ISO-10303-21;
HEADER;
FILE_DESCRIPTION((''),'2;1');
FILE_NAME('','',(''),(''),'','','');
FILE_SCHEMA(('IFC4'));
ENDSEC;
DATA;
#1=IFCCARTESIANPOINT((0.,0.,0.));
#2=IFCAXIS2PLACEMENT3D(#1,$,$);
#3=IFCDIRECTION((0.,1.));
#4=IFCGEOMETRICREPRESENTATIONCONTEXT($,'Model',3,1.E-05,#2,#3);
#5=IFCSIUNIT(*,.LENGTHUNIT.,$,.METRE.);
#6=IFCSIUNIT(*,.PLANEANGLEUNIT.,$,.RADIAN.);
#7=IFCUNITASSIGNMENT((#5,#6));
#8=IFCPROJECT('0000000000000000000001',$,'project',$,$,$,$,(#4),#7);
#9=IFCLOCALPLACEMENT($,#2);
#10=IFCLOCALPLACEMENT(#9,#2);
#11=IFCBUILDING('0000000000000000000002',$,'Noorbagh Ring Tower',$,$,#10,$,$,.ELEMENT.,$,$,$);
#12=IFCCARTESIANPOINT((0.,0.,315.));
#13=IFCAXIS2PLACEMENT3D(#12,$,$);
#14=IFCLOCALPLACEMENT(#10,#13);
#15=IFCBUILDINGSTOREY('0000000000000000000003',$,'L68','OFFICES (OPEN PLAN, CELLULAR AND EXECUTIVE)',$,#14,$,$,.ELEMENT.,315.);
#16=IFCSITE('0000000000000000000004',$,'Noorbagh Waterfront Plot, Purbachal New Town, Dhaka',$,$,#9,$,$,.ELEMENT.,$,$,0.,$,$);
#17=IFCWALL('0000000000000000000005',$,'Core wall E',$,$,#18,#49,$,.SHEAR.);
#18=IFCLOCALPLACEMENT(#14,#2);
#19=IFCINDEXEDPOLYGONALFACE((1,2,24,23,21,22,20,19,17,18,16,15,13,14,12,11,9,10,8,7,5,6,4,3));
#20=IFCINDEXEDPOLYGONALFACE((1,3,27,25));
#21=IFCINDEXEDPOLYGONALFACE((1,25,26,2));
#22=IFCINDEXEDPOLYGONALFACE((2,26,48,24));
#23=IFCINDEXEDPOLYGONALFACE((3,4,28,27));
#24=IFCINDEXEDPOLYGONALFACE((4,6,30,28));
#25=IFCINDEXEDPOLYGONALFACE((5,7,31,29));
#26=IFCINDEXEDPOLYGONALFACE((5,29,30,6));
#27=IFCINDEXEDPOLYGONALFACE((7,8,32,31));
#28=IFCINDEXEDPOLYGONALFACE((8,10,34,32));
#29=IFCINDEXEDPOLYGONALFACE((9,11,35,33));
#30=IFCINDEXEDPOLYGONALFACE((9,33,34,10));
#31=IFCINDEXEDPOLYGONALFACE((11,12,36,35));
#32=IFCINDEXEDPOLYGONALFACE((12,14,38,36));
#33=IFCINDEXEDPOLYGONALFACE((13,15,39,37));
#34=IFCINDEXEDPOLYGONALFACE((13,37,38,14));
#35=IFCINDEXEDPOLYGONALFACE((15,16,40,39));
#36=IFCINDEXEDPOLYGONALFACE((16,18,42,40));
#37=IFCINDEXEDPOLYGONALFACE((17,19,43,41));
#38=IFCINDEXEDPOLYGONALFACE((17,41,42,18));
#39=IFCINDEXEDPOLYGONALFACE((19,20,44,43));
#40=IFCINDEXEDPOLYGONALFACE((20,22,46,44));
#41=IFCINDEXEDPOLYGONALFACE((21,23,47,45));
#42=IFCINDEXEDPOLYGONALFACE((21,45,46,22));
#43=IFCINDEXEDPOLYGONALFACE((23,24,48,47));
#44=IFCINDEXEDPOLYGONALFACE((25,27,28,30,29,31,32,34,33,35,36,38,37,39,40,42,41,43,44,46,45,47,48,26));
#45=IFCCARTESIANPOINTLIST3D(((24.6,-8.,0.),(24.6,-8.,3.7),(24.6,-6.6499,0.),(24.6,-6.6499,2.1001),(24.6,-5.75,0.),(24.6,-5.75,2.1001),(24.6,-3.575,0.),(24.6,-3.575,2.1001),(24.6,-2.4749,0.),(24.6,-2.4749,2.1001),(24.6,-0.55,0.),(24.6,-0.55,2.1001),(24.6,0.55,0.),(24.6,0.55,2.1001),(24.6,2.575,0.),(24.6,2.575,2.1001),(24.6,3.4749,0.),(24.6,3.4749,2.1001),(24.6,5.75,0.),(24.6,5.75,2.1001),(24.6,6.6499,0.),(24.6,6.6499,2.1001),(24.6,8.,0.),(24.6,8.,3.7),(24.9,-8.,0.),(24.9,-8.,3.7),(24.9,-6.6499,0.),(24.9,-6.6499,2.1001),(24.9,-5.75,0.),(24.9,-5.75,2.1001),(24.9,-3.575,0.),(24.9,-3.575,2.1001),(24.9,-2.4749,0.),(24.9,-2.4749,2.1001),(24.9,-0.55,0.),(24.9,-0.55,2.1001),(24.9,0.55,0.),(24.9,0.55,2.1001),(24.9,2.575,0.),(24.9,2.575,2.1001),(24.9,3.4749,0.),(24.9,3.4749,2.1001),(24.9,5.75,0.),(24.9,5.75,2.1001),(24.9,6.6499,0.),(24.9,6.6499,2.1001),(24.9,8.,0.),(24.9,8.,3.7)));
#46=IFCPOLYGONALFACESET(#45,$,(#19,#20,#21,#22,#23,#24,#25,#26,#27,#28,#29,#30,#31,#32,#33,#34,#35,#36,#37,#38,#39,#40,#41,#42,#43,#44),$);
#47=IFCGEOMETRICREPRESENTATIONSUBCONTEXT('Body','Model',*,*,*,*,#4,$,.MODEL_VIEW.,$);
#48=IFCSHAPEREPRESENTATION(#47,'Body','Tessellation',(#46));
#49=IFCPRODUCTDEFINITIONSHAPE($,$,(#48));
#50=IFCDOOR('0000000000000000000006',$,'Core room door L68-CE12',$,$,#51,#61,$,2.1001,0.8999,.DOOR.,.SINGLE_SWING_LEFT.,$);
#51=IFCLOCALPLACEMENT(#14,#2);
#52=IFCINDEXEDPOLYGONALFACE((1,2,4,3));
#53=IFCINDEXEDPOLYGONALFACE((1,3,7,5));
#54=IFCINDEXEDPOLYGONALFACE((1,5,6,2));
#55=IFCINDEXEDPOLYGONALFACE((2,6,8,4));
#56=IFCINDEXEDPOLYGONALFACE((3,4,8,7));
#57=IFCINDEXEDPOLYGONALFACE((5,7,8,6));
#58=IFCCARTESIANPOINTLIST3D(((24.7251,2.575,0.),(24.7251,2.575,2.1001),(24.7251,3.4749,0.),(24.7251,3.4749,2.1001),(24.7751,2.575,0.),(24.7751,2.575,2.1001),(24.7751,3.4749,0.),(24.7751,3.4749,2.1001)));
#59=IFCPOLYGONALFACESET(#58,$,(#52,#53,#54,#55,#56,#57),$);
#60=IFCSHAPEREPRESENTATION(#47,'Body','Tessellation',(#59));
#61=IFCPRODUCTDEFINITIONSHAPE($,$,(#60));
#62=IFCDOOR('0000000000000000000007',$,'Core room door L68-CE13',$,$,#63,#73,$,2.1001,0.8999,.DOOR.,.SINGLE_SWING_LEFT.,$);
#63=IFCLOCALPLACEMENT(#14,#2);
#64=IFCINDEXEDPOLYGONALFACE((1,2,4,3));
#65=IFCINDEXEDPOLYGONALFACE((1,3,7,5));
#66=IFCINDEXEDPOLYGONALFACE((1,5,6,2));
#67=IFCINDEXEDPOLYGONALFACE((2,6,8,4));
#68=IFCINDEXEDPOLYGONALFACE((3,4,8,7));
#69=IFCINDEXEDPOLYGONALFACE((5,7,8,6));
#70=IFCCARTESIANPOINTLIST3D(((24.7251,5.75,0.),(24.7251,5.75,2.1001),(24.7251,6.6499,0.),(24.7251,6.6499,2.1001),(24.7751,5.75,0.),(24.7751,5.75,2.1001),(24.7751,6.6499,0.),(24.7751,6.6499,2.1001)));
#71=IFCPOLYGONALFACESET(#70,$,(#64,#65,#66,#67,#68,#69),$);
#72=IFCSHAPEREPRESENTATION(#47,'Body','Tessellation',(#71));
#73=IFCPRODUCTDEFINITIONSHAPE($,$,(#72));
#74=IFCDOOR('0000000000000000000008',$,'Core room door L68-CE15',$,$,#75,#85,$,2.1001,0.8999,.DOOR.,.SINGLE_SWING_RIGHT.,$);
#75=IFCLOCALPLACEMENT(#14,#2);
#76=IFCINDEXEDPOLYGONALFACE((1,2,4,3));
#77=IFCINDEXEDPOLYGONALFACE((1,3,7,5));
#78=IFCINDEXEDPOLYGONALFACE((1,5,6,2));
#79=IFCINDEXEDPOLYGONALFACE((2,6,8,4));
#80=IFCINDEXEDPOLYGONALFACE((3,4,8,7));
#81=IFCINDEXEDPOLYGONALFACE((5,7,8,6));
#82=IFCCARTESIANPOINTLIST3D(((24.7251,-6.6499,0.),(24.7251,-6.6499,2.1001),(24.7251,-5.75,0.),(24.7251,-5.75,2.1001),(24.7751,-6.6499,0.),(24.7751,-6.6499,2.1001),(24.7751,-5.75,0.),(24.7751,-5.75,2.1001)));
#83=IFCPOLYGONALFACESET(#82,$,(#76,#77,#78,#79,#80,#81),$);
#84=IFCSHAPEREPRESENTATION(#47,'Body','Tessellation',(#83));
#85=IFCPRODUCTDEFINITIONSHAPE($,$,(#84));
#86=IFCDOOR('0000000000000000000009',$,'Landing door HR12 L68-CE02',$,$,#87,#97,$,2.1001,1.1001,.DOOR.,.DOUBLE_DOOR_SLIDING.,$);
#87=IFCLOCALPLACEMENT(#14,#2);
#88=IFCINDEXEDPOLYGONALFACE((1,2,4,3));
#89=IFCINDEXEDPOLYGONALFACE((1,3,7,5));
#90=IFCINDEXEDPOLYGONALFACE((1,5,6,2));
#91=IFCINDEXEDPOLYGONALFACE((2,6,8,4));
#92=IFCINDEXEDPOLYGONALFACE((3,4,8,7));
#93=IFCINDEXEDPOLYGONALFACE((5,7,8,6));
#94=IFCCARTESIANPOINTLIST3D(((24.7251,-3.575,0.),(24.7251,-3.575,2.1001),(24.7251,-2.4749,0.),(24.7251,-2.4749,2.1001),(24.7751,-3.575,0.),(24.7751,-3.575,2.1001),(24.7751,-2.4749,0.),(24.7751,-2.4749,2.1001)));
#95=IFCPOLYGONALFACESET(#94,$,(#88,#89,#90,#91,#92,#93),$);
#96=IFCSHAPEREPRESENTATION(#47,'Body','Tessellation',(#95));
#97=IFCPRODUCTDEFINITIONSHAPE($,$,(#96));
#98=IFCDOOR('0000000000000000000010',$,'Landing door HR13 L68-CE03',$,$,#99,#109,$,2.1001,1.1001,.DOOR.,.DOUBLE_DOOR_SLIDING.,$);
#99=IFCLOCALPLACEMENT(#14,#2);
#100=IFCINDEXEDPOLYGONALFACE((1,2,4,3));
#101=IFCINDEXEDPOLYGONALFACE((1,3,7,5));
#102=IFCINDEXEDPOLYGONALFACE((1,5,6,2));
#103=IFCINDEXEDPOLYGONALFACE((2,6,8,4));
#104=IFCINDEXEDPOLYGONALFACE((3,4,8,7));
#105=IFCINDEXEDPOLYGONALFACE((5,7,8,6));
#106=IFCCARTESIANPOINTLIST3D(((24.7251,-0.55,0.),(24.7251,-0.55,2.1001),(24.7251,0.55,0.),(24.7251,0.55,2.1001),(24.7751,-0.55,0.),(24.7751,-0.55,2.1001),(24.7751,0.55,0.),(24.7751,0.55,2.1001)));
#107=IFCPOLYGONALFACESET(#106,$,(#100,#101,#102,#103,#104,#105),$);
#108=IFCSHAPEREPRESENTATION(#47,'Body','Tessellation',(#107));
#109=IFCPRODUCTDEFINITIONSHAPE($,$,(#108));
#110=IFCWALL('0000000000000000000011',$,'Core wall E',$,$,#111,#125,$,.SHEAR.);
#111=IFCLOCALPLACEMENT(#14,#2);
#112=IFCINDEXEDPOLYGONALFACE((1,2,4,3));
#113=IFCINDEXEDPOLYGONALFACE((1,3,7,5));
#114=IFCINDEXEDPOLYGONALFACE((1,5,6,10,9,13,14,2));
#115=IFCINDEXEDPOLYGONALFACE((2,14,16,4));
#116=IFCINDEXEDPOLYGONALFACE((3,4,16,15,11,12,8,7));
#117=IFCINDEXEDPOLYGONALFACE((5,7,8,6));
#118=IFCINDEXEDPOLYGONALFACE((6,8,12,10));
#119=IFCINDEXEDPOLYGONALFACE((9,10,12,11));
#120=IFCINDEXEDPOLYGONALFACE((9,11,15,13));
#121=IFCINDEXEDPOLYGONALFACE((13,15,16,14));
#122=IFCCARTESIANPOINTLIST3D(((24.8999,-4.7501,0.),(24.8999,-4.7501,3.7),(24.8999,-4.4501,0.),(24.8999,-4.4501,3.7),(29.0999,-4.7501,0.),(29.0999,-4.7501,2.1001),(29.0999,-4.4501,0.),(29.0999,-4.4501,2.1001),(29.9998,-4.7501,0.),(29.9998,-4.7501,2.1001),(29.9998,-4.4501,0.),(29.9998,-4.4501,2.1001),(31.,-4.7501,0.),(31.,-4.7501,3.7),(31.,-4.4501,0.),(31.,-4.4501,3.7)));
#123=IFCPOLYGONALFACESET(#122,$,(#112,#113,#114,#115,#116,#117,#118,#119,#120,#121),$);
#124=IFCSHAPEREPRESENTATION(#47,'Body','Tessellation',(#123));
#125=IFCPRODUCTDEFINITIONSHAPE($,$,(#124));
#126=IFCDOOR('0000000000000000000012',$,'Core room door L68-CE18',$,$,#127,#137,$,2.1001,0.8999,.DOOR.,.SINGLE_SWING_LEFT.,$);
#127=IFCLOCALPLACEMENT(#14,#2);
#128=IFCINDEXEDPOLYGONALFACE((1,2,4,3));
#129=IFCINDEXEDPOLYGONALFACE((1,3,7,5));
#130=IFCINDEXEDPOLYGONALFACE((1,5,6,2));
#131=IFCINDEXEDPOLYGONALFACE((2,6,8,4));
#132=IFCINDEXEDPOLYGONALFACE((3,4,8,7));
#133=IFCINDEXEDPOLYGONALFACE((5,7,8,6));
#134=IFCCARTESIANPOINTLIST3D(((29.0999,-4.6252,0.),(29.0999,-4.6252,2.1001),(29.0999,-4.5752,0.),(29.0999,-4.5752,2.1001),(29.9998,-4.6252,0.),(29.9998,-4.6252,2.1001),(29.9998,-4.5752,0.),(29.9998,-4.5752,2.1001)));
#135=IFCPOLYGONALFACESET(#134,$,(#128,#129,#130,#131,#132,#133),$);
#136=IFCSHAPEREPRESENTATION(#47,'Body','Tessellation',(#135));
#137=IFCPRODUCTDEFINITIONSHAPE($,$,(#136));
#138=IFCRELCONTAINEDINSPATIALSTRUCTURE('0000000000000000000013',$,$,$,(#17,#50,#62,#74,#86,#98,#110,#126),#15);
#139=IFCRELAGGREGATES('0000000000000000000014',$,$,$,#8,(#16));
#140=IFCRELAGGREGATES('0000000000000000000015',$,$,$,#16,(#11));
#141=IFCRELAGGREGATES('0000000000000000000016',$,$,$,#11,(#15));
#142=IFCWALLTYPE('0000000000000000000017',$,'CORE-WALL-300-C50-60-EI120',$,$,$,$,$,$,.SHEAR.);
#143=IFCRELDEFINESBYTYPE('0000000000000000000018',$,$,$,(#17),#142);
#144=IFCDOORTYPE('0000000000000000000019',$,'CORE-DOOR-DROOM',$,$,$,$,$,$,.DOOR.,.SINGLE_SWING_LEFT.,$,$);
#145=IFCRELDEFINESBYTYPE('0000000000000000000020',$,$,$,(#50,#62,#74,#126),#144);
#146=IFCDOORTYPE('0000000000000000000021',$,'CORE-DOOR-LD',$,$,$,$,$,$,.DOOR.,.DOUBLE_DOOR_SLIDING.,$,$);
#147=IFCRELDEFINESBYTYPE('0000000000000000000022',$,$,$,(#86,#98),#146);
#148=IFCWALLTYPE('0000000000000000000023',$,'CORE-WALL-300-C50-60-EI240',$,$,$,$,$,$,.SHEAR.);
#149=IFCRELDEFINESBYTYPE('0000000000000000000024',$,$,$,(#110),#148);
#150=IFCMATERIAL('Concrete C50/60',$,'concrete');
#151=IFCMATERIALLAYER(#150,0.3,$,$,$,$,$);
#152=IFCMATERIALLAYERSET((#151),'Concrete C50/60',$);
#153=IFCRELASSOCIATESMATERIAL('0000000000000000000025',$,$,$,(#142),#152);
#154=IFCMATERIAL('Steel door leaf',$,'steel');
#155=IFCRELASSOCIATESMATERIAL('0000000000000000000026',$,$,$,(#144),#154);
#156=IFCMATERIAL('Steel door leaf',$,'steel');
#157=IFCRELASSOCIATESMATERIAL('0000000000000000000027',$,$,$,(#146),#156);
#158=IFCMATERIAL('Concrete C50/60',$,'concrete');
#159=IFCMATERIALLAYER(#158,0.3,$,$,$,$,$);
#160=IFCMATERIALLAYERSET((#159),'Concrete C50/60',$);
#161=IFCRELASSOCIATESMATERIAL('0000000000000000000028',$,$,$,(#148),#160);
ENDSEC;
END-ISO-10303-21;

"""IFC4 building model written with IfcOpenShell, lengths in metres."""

from ifc_helpers import new_model, si_unit, direction, frame, frame_2d, origin, place, context, subcontext, project, spatial, rectangle, extrude, material, layer, layer_set, type_object, element, fill, save


model = new_model("IFC4")

# Units and contexts
model_context = context("Model", 3, precision=1e-05, world=origin(), true_north=direction((0.0, 1.0)))
body_context = subcontext(model_context, "Body", "Model", "MODEL_VIEW")
ifc_project = project(units=[si_unit("LENGTHUNIT", "METRE"), si_unit("PLANEANGLEUNIT", "RADIAN")], contexts=[model_context])

# Site, building, storey
site_placement = place(None, origin())
site = spatial("IfcSite", under=ifc_project, at=site_placement, Name="Noorbagh Waterfront Plot, Purbachal New Town, Dhaka", CompositionType="ELEMENT", RefElevation=0.0)
building_placement = place(site_placement, origin())
building = spatial("IfcBuilding", under=site, at=building_placement, Name="Noorbagh Ring Tower", CompositionType="ELEMENT")
storey_placement = place(building_placement, frame((0.0, 0.0, 315.0)))
storey = spatial("IfcBuildingStorey", under=building, at=storey_placement, Name="L68", Description="OFFICES (OPEN PLAN, CELLULAR AND EXECUTIVE)", CompositionType="ELEMENT", Elevation=315.0)

# Shared definitions
ifc_material_1 = material(Name="Concrete C50/60", Category="concrete")
ifc_layer_1 = layer(ifc_material_1, 0.3)
ifc_layer_set_1 = layer_set([ifc_layer_1], Name="Concrete C50/60")
wall_type_1 = type_object("IfcWallType", Name="CORE-WALL-300-C50-60-EI120", PredefinedType="SHEAR", material=ifc_layer_set_1)

# Wall, openings, doors
ifc_material_2 = material(Name="Steel door leaf", Category="steel")
door_type_1 = type_object("IfcDoorType", Name="CORE-DOOR-DROOM", OperationType="SINGLE_SWING_LEFT", PredefinedType="DOOR", material=ifc_material_2)
wall_1_placement = place(storey_placement, frame((24.75, -8.0, 0.0), z_axis=(0.0, 0.0, 1.0), x_axis=(0.0, 1.0, 0.0)))
wall_1 = element("IfcWall", 1, at=wall_1_placement, inside=storey, type_object=wall_type_1, Name="Core wall E", PredefinedType="SHEAR", context=body_context, shape_type="SweptSolid", body=[
    extrude(rectangle(XDim=16.0, YDim=0.3, at=frame_2d((8.0, 0.0))), origin(), (0.0, 0.0, 1.0), 3.7),
])
opening_1_placement = place(wall_1_placement, frame((4.425, 0.0, 0.0)))
opening_1 = element("IfcOpeningElement", 2, at=opening_1_placement, cuts=wall_1, PredefinedType="OPENING", context=body_context, shape_type="SweptSolid", body=[
    extrude(rectangle(XDim=1.1001, YDim=2.1001, at=frame_2d((0.55, 1.05))), frame((0.0, 0.1602, 0.0), z_axis=(0.0, -1.0, 0.0), x_axis=(1.0, 0.0, 0.0)), (0.0, 0.0, 1.0), 0.3201),
])
opening_2_placement = place(wall_1_placement, frame((7.45, 0.0, 0.0)))
opening_2 = element("IfcOpeningElement", 3, at=opening_2_placement, cuts=wall_1, PredefinedType="OPENING", context=body_context, shape_type="SweptSolid", body=[
    extrude(rectangle(XDim=1.1001, YDim=2.1001, at=frame_2d((0.55, 1.05))), frame((0.0, 0.1602, 0.0), z_axis=(0.0, -1.0, 0.0), x_axis=(1.0, 0.0, 0.0)), (0.0, 0.0, 1.0), 0.3201),
])
opening_3_placement = place(wall_1_placement, frame((10.575, 0.0, 0.0)))
opening_3 = element("IfcOpeningElement", 4, at=opening_3_placement, cuts=wall_1, PredefinedType="OPENING", context=body_context, shape_type="SweptSolid", body=[
    extrude(rectangle(XDim=0.8999, YDim=2.1001, at=frame_2d((0.45, 1.05))), frame((0.0, 0.1602, 0.0), z_axis=(0.0, -1.0, 0.0), x_axis=(1.0, 0.0, 0.0)), (0.0, 0.0, 1.0), 0.3201),
])
opening_4_placement = place(wall_1_placement, frame((13.75, 0.0, 0.0)))
opening_4 = element("IfcOpeningElement", 5, at=opening_4_placement, cuts=wall_1, PredefinedType="OPENING", context=body_context, shape_type="SweptSolid", body=[
    extrude(rectangle(XDim=0.8999, YDim=2.1001, at=frame_2d((0.45, 1.05))), frame((0.0, 0.1602, 0.0), z_axis=(0.0, -1.0, 0.0), x_axis=(1.0, 0.0, 0.0)), (0.0, 0.0, 1.0), 0.3201),
])
opening_5_placement = place(wall_1_placement, frame((1.3501, 0.0, 0.0)))
opening_5 = element("IfcOpeningElement", 6, at=opening_5_placement, cuts=wall_1, PredefinedType="OPENING", context=body_context, shape_type="SweptSolid", body=[
    extrude(rectangle(XDim=0.8999, YDim=2.1001, at=frame_2d((0.45, 1.05))), frame((0.0, 0.1602, 0.0), z_axis=(0.0, -1.0, 0.0), x_axis=(1.0, 0.0, 0.0)), (0.0, 0.0, 1.0), 0.3201),
])
door_1_placement = place(opening_3_placement, origin())
door_1 = element("IfcDoor", 7, at=door_1_placement, inside=storey, type_object=door_type_1, Name="Core room door L68-CE12", OperationType="SINGLE_SWING_LEFT", OverallHeight=2.1001, OverallWidth=0.8999, PredefinedType="DOOR", context=body_context, shape_type="SweptSolid", body=[
    extrude(rectangle(XDim=0.8999, YDim=2.1001, at=frame_2d((0.45, 1.05))), frame((0.0, 0.0249, 0.0), z_axis=(0.0, -1.0, 0.0), x_axis=(1.0, 0.0, 0.0)), (0.0, 0.0, 1.0), 0.05),
])
fill(opening_3, door_1)
door_2_placement = place(opening_4_placement, origin())
door_2 = element("IfcDoor", 8, at=door_2_placement, inside=storey, type_object=door_type_1, Name="Core room door L68-CE13", OperationType="SINGLE_SWING_LEFT", OverallHeight=2.1001, OverallWidth=0.8999, PredefinedType="DOOR", context=body_context, shape_type="SweptSolid", body=[
    extrude(rectangle(XDim=0.8999, YDim=2.1001, at=frame_2d((0.45, 1.05))), frame((0.0, 0.0249, 0.0), z_axis=(0.0, -1.0, 0.0), x_axis=(1.0, 0.0, 0.0)), (0.0, 0.0, 1.0), 0.05),
])
fill(opening_4, door_2)
door_3_placement = place(opening_5_placement, origin())
door_3 = element("IfcDoor", 9, at=door_3_placement, inside=storey, type_object=door_type_1, Name="Core room door L68-CE15", OperationType="SINGLE_SWING_RIGHT", OverallHeight=2.1001, OverallWidth=0.8999, PredefinedType="DOOR", context=body_context, shape_type="SweptSolid", body=[
    extrude(rectangle(XDim=0.8999, YDim=2.1001, at=frame_2d((0.45, 1.05))), frame((0.0, 0.0249, 0.0), z_axis=(0.0, -1.0, 0.0), x_axis=(1.0, 0.0, 0.0)), (0.0, 0.0, 1.0), 0.05),
])
fill(opening_5, door_3)
ifc_material_3 = material(Name="Steel door leaf", Category="steel")
door_type_2 = type_object("IfcDoorType", Name="CORE-DOOR-LD", OperationType="DOUBLE_DOOR_SLIDING", PredefinedType="DOOR", material=ifc_material_3)
door_4_placement = place(opening_1_placement, origin())
door_4 = element("IfcDoor", 10, at=door_4_placement, inside=storey, type_object=door_type_2, Name="Landing door HR12 L68-CE02", OperationType="DOUBLE_DOOR_SLIDING", OverallHeight=2.1001, OverallWidth=1.1001, PredefinedType="DOOR", context=body_context, shape_type="SweptSolid", body=[
    extrude(rectangle(XDim=1.1001, YDim=2.1001, at=frame_2d((0.55, 1.05))), frame((0.0, 0.0249, 0.0), z_axis=(0.0, -1.0, 0.0), x_axis=(1.0, 0.0, 0.0)), (0.0, 0.0, 1.0), 0.05),
])
fill(opening_1, door_4)
door_5_placement = place(opening_2_placement, origin())
door_5 = element("IfcDoor", 11, at=door_5_placement, inside=storey, type_object=door_type_2, Name="Landing door HR13 L68-CE03", OperationType="DOUBLE_DOOR_SLIDING", OverallHeight=2.1001, OverallWidth=1.1001, PredefinedType="DOOR", context=body_context, shape_type="SweptSolid", body=[
    extrude(rectangle(XDim=1.1001, YDim=2.1001, at=frame_2d((0.55, 1.05))), frame((0.0, 0.0249, 0.0), z_axis=(0.0, -1.0, 0.0), x_axis=(1.0, 0.0, 0.0)), (0.0, 0.0, 1.0), 0.05),
])
fill(opening_2, door_5)

# Wall, opening, door
ifc_material_4 = material(Name="Concrete C50/60", Category="concrete")
ifc_layer_2 = layer(ifc_material_4, 0.3)
ifc_layer_set_2 = layer_set([ifc_layer_2], Name="Concrete C50/60")
wall_type_2 = type_object("IfcWallType", Name="CORE-WALL-300-C50-60-EI240", PredefinedType="SHEAR", material=ifc_layer_set_2)
wall_2_placement = place(storey_placement, frame((24.8999, -4.6001, 0.0), z_axis=(0.0, 0.0, 1.0), x_axis=(1.0, 0.0, 0.0)))
wall_2 = element("IfcWall", 12, at=wall_2_placement, inside=storey, type_object=wall_type_2, Name="Core wall E", PredefinedType="SHEAR", context=body_context, shape_type="SweptSolid", body=[
    extrude(rectangle(XDim=6.1001, YDim=0.3, at=frame_2d((3.05, 0.0))), origin(), (0.0, 0.0, 1.0), 3.7),
])
opening_6_placement = place(wall_2_placement, frame((4.2, 0.0, 0.0)))
opening_6 = element("IfcOpeningElement", 13, at=opening_6_placement, cuts=wall_2, PredefinedType="OPENING", context=body_context, shape_type="SweptSolid", body=[
    extrude(rectangle(XDim=0.8999, YDim=2.1001, at=frame_2d((0.45, 1.05))), frame((0.0, 0.1602, 0.0), z_axis=(0.0, -1.0, 0.0), x_axis=(1.0, 0.0, 0.0)), (0.0, 0.0, 1.0), 0.3201),
])
door_6_placement = place(opening_6_placement, origin())
door_6 = element("IfcDoor", 14, at=door_6_placement, inside=storey, type_object=door_type_1, Name="Core room door L68-CE18", OperationType="SINGLE_SWING_LEFT", OverallHeight=2.1001, OverallWidth=0.8999, PredefinedType="DOOR", context=body_context, shape_type="SweptSolid", body=[
    extrude(rectangle(XDim=0.8999, YDim=2.1001, at=frame_2d((0.45, 1.05))), frame((0.0, 0.0249, 0.0), z_axis=(0.0, -1.0, 0.0), x_axis=(1.0, 0.0, 0.0)), (0.0, 0.0, 1.0), 0.05),
])
fill(opening_6, door_6)

save(model, "model.ifc")
